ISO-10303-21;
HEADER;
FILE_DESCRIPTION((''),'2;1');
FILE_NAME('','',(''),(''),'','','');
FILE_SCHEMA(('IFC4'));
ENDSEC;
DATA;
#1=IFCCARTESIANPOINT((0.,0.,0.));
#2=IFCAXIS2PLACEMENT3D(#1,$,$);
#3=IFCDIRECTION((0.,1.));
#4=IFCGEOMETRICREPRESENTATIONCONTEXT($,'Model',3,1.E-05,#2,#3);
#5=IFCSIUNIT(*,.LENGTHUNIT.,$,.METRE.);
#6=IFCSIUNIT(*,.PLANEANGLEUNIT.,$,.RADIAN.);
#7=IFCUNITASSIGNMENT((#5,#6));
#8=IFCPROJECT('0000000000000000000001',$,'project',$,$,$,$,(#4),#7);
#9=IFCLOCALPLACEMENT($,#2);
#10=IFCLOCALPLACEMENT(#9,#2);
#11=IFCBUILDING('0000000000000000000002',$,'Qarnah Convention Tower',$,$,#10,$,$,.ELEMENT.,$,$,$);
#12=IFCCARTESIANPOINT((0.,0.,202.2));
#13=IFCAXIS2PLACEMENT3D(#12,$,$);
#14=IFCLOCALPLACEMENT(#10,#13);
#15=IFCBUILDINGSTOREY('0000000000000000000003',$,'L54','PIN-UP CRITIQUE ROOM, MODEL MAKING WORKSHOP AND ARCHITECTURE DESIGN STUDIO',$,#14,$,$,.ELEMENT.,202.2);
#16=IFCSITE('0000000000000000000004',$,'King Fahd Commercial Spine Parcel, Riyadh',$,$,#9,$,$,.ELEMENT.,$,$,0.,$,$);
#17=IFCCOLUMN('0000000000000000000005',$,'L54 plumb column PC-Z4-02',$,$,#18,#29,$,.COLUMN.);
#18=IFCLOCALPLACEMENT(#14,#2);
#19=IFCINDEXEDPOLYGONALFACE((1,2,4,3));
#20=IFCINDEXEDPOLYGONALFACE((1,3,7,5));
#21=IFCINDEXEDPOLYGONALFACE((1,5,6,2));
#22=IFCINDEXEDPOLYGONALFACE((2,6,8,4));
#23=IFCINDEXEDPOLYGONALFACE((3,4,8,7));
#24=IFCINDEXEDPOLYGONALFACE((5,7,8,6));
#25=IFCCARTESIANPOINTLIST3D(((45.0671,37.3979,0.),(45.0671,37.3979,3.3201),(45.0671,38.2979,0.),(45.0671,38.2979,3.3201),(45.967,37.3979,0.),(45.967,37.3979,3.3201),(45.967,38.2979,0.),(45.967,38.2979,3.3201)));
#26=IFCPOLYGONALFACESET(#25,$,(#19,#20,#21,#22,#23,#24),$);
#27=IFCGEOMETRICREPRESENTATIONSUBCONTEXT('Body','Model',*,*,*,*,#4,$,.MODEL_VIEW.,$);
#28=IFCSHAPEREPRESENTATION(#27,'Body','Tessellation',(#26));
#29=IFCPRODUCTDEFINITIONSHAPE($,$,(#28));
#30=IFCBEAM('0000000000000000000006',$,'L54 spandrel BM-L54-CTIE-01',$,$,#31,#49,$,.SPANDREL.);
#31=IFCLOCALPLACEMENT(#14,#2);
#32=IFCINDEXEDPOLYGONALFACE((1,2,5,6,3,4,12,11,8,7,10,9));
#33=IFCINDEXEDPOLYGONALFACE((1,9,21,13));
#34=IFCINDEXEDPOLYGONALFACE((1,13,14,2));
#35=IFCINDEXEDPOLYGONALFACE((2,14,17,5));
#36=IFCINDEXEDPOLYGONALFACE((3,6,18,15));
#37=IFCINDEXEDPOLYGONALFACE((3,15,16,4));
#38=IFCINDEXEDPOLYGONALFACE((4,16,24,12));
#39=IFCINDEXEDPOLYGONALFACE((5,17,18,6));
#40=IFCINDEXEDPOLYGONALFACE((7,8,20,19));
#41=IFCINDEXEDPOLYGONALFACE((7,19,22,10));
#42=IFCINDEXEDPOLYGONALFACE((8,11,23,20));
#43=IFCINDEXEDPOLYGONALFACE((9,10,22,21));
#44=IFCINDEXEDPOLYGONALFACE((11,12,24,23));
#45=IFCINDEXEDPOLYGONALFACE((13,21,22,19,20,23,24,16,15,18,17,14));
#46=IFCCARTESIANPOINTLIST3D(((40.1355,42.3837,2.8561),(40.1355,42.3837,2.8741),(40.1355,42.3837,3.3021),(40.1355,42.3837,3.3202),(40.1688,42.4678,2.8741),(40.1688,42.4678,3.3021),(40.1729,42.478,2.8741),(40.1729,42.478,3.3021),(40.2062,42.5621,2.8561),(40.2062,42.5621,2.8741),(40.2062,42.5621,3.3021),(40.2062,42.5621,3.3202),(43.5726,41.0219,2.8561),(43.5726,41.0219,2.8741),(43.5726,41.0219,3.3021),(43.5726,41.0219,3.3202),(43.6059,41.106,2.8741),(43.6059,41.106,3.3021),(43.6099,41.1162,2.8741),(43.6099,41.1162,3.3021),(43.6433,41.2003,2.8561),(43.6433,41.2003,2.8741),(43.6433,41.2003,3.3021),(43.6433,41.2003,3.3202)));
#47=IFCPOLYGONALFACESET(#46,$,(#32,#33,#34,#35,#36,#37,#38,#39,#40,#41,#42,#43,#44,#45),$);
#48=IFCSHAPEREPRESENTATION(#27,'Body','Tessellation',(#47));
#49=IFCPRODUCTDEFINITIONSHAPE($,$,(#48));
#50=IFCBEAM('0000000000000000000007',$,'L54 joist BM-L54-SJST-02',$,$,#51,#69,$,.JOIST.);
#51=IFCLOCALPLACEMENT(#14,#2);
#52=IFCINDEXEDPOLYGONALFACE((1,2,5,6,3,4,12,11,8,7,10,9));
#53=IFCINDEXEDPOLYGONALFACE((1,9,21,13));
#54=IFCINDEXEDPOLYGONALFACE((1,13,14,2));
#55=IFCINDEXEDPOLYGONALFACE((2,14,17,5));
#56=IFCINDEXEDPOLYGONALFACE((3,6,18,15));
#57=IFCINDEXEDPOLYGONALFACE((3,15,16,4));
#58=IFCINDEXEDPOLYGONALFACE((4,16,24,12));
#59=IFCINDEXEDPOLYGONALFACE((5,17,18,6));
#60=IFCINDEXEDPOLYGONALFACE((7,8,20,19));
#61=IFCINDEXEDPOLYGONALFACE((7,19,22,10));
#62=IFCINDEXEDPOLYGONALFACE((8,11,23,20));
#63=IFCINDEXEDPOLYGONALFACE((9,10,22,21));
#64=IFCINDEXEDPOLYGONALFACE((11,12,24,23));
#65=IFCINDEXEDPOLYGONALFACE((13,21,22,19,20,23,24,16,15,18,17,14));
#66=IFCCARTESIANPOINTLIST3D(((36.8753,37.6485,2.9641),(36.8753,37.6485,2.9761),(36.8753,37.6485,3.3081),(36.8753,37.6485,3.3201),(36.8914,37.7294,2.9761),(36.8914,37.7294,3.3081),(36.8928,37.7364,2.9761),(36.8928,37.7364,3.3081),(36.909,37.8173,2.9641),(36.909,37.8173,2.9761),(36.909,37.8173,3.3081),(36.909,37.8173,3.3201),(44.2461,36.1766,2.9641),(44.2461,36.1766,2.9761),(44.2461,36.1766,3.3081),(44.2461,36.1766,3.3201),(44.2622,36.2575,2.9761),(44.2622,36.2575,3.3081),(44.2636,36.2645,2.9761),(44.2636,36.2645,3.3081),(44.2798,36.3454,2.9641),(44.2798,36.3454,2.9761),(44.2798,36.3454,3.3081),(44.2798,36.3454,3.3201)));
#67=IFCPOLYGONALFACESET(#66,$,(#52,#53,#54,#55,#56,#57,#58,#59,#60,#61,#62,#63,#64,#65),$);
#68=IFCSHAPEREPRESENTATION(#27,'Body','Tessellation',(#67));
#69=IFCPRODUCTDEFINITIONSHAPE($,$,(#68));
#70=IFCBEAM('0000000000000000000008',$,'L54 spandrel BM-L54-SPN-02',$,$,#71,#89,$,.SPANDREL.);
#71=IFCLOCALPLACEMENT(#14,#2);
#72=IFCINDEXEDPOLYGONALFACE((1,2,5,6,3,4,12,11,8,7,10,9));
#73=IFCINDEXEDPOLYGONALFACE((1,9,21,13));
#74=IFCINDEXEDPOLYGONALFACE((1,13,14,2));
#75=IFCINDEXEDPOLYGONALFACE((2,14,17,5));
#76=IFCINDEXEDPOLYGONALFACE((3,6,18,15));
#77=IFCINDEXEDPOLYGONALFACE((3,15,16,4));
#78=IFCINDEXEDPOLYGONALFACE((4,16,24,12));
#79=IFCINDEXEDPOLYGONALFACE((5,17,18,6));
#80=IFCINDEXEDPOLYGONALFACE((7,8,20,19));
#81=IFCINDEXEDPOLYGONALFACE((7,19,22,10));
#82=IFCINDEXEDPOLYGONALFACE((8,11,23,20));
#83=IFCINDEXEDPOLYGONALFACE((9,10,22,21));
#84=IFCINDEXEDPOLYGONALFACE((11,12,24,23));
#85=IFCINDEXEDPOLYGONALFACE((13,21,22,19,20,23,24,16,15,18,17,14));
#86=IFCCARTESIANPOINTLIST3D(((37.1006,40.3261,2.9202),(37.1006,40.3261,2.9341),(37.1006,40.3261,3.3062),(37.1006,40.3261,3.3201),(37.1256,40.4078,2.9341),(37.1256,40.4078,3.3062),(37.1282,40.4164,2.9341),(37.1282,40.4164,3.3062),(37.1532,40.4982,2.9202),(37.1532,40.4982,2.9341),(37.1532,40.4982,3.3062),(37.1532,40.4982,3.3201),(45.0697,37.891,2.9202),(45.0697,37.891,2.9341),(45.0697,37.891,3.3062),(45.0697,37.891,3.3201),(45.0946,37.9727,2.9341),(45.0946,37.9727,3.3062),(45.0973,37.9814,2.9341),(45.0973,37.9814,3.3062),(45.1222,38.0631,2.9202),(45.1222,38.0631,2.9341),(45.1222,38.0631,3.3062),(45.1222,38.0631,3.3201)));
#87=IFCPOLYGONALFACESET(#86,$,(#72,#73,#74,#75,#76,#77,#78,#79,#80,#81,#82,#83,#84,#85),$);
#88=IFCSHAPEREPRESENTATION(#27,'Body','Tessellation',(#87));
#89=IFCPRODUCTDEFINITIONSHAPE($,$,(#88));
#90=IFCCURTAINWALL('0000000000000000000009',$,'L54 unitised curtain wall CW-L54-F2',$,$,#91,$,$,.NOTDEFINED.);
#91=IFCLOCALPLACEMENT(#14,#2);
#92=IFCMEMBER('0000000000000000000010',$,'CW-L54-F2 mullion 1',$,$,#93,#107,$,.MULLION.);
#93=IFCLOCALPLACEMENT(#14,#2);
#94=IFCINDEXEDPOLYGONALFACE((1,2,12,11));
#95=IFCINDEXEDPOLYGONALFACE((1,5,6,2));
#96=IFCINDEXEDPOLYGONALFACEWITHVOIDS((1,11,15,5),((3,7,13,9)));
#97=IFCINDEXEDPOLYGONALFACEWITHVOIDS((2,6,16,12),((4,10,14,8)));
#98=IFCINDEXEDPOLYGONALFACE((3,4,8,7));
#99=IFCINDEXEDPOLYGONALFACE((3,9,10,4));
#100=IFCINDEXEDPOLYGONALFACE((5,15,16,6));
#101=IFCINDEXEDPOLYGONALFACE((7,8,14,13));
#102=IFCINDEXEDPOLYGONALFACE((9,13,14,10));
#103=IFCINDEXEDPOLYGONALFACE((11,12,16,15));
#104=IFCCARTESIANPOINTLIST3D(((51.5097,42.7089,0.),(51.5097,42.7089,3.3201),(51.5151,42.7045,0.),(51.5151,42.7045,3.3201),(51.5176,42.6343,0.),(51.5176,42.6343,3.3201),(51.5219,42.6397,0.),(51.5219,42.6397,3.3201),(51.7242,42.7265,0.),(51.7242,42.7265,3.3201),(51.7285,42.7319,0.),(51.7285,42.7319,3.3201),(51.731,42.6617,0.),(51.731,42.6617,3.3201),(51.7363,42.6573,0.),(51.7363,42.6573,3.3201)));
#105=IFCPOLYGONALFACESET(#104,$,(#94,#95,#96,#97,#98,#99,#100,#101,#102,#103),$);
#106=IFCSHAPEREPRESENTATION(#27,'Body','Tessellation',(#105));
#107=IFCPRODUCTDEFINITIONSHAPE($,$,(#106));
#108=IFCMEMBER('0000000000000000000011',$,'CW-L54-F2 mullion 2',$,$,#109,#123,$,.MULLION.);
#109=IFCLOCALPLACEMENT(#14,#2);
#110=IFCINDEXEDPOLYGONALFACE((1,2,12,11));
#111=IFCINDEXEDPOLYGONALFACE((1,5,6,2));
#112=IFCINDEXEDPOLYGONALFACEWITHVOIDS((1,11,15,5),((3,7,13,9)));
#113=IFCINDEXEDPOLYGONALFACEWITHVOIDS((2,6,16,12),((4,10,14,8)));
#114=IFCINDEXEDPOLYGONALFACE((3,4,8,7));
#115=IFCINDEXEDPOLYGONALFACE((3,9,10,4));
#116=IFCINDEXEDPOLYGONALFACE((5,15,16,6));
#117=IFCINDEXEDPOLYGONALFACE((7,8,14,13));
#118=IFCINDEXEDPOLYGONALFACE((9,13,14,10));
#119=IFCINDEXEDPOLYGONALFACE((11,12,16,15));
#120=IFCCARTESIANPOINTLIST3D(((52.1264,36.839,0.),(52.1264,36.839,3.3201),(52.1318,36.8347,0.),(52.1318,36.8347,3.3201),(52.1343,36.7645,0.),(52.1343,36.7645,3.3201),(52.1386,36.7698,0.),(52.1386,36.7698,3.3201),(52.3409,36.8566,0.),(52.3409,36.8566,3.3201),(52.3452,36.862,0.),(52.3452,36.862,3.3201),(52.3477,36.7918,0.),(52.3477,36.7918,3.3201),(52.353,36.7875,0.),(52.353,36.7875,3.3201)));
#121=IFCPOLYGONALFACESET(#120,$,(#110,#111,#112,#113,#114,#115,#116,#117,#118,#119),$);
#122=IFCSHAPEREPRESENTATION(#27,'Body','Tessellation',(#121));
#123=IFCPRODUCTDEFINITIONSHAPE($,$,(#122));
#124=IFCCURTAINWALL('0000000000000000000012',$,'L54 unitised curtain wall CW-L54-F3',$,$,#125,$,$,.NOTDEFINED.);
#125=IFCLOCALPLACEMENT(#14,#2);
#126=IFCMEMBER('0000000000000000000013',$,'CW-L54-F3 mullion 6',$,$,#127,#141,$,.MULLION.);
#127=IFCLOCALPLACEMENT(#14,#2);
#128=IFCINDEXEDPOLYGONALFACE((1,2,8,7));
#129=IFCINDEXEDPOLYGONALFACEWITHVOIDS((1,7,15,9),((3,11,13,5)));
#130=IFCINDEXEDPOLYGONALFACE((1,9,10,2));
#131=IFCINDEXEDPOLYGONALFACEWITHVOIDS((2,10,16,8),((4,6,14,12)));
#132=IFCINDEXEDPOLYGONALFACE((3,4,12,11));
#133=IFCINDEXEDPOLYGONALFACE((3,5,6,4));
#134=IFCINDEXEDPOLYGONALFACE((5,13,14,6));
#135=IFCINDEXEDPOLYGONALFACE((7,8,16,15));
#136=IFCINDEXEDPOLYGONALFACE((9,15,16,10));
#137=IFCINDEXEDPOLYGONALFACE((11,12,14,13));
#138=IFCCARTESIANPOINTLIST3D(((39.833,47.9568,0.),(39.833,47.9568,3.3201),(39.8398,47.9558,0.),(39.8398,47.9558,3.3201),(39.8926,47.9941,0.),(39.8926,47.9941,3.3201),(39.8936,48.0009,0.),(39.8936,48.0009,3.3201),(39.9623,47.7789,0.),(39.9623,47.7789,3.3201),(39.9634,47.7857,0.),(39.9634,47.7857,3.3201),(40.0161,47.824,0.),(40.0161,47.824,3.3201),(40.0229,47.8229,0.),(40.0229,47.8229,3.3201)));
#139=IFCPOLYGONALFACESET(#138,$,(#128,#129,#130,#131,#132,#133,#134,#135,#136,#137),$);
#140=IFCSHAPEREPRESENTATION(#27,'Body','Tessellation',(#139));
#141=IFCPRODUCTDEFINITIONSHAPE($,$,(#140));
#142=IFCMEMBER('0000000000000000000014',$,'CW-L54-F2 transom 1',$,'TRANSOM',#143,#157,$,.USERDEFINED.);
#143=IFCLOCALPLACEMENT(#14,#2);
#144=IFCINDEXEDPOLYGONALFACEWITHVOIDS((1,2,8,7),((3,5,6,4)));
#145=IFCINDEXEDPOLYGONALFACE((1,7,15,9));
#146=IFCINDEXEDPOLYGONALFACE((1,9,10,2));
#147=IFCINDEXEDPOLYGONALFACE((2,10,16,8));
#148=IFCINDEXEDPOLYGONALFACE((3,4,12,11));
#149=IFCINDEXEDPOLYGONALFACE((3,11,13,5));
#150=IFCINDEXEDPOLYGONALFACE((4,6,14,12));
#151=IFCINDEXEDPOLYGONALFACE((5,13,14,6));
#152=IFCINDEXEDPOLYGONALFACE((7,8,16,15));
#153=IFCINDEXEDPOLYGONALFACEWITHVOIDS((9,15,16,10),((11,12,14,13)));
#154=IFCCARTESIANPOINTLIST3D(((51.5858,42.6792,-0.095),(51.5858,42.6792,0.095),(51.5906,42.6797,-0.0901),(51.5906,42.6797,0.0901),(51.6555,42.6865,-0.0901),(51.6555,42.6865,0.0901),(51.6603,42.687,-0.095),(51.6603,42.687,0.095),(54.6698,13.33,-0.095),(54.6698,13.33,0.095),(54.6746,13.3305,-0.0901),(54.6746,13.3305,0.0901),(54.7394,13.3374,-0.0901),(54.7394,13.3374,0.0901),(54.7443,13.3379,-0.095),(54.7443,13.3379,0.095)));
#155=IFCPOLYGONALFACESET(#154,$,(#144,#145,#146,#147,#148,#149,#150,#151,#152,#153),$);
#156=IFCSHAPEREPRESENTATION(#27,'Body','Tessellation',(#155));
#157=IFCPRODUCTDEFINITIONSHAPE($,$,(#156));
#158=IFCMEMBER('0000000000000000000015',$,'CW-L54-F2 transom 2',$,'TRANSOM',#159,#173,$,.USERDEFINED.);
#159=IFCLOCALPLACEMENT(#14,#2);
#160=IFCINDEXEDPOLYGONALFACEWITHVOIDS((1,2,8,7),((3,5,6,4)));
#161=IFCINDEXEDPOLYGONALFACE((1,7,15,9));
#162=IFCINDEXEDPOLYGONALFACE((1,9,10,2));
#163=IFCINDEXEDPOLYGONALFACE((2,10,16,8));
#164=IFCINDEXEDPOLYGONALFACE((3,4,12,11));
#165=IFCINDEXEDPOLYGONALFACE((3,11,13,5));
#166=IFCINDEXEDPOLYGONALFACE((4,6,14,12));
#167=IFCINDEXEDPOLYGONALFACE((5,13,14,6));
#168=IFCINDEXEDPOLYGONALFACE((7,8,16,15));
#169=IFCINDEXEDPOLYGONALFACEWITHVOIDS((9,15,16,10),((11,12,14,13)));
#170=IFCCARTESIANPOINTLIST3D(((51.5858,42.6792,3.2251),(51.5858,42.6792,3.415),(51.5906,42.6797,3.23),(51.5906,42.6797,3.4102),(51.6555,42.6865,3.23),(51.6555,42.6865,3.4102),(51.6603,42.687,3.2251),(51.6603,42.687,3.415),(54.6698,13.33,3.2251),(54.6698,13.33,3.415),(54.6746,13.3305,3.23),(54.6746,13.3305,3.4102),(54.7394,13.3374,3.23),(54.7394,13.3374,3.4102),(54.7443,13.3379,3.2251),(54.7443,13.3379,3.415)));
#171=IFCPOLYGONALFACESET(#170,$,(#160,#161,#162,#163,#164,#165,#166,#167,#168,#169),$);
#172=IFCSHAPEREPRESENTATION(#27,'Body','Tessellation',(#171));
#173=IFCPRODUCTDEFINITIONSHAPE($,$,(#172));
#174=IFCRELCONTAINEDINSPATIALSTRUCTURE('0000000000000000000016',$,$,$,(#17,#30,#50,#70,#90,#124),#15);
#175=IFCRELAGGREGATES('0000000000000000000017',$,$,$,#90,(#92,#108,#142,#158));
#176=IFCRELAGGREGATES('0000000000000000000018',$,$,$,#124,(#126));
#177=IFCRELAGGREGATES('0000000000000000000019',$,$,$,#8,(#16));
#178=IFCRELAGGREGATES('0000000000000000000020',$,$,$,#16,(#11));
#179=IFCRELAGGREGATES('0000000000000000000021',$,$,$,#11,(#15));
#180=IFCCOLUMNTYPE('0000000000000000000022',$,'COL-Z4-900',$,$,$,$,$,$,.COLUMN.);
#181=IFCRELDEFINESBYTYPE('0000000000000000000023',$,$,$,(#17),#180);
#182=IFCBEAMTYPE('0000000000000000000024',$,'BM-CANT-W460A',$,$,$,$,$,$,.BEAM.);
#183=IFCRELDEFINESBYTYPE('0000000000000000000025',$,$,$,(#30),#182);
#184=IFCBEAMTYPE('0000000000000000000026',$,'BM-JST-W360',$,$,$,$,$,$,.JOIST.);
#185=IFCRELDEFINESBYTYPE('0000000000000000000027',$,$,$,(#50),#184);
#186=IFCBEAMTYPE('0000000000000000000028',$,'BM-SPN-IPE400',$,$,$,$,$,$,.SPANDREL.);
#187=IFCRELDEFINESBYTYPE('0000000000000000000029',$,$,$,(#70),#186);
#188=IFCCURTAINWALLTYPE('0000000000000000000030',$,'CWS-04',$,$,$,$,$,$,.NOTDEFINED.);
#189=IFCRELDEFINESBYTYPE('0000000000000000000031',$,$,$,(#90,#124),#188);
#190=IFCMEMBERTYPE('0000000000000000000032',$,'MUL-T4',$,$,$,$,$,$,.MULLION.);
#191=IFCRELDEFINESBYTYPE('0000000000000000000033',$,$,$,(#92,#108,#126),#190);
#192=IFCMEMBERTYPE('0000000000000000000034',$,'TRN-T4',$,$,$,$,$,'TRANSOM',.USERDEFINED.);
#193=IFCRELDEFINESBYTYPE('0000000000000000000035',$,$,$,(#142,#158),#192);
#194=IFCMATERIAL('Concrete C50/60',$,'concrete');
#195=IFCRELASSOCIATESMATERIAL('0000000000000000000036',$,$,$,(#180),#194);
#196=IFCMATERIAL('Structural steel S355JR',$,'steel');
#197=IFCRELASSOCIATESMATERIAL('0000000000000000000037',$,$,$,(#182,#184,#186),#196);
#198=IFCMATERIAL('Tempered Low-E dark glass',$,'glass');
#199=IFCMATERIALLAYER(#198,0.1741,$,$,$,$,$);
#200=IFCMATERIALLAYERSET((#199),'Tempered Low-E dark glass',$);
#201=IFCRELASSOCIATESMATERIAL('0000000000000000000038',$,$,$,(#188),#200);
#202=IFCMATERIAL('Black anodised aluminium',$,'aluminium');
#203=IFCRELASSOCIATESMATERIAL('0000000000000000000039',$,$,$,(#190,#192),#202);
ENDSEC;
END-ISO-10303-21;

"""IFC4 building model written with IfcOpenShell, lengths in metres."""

from ifc_helpers import new_model, si_unit, direction, frame, origin, origin_2d, place, context, subcontext, project, spatial, rectangle, hollow_rectangle, i_section, extrude, material, layer, layer_set, material_profile, profile_set, type_object, element, aggregate, save


model = new_model("IFC4")

# Units and contexts
model_context = context("Model", 3, precision=1e-05, world=origin(), true_north=direction((0.0, 1.0)))
body_context = subcontext(model_context, "Body", "Model", "MODEL_VIEW")
ifc_project = project(units=[si_unit("LENGTHUNIT", "METRE"), si_unit("PLANEANGLEUNIT", "RADIAN")], contexts=[model_context])

# Site, building, storey
site_placement = place(None, origin())
site = spatial("IfcSite", under=ifc_project, at=site_placement, Name="King Fahd Commercial Spine Parcel, Riyadh", CompositionType="ELEMENT", RefElevation=0.0)
building_placement = place(site_placement, origin())
building = spatial("IfcBuilding", under=site, at=building_placement, Name="Qarnah Convention Tower", CompositionType="ELEMENT")
storey_placement = place(building_placement, frame((0.0, 0.0, 202.2)))
storey = spatial("IfcBuildingStorey", under=building, at=storey_placement, Name="L54", Description="PIN-UP CRITIQUE ROOM, MODEL MAKING WORKSHOP AND ARCHITECTURE DESIGN STUDIO", CompositionType="ELEMENT", Elevation=202.2)

# Column
ifc_material_1 = material(Name="Concrete C50/60", Category="concrete")
ifc_material_profile_1 = material_profile(ifc_material_1, rectangle(XDim=0.8999, YDim=0.8999, at=origin_2d()), Name="RC-COL-900X900")
ifc_profile_set_1 = profile_set([ifc_material_profile_1], Name="Concrete C50/60")
column_type = type_object("IfcColumnType", Name="COL-Z4-900", PredefinedType="COLUMN", material=ifc_profile_set_1)
column_placement = place(storey_placement, frame((45.5171, 37.8479, 0.0), z_axis=(0.0, 0.0, 1.0), x_axis=(1.0, 0.0, 0.0)))
element("IfcColumn", 1, at=column_placement, inside=storey, type_object=column_type, Name="L54 plumb column PC-Z4-02", PredefinedType="COLUMN", context=body_context, shape_type="SweptSolid", body=[
    extrude(rectangle(XDim=0.8999, YDim=0.8999, at=origin_2d()), origin(), (0.0, 0.0, 1.0), 3.3201),
])

# Beams
ifc_material_2 = material(Name="Structural steel S355JR", Category="steel")
ifc_material_profile_2 = material_profile(ifc_material_2, i_section(OverallWidth=0.1919, OverallDepth=0.4641, WebThickness=0.011, FlangeThickness=0.0181, at=origin_2d()), Name="W460X89")
ifc_profile_set_2 = profile_set([ifc_material_profile_2], Name="Structural steel S355JR")
beam_type_1 = type_object("IfcBeamType", Name="BM-CANT-W460A", PredefinedType="BEAM", material=ifc_profile_set_2)
beam_1_placement = place(storey_placement, frame((43.6079, 41.1111, 3.0881), z_axis=(-0.929683, 0.36836, 0.0), x_axis=(-0.36836, -0.929683, 0.0)))
element("IfcBeam", 2, at=beam_1_placement, inside=storey, type_object=beam_type_1, Name="L54 spandrel BM-L54-CTIE-01", PredefinedType="SPANDREL", context=body_context, shape_type="SweptSolid", body=[
    extrude(i_section(OverallWidth=0.1919, OverallDepth=0.4641, WebThickness=0.011, FlangeThickness=0.0181, at=origin_2d()), origin(), (0.0, 0.0, 1.0), 3.697),
])
ifc_material_profile_3 = material_profile(ifc_material_2, i_section(OverallWidth=0.1721, OverallDepth=0.356, WebThickness=0.0071, FlangeThickness=0.012, at=origin_2d()), Name="W360X51")
ifc_profile_set_3 = profile_set([ifc_material_profile_3], Name="Structural steel S355JR")
beam_type_2 = type_object("IfcBeamType", Name="BM-JST-W360", PredefinedType="JOIST", material=ifc_profile_set_3)
beam_2_placement = place(storey_placement, frame((44.2629, 36.261, 3.1421), z_axis=(-0.980638, 0.195829, 0.0), x_axis=(-0.195829, -0.980638, 0.0)))
element("IfcBeam", 3, at=beam_2_placement, inside=storey, type_object=beam_type_2, Name="L54 joist BM-L54-SJST-02", PredefinedType="JOIST", context=body_context, shape_type="SweptSolid", body=[
    extrude(i_section(OverallWidth=0.1721, OverallDepth=0.356, WebThickness=0.0071, FlangeThickness=0.012, at=origin_2d()), origin(), (0.0, 0.0, 1.0), 7.5164),
])
ifc_material_profile_4 = material_profile(ifc_material_2, i_section(OverallWidth=0.1799, OverallDepth=0.3999, WebThickness=0.009, FlangeThickness=0.0139, at=origin_2d()), Name="IPE400")
ifc_profile_set_4 = profile_set([ifc_material_profile_4], Name="Structural steel S355JR")
beam_type_3 = type_object("IfcBeamType", Name="BM-SPN-IPE400", PredefinedType="SPANDREL", material=ifc_profile_set_4)
beam_3_placement = place(storey_placement, frame((45.0959, 37.9771, 3.1201), z_axis=(-0.956349, 0.292228, 0.0), x_axis=(-0.292228, -0.956349, 0.0)))
element("IfcBeam", 4, at=beam_3_placement, inside=storey, type_object=beam_type_3, Name="L54 spandrel BM-L54-SPN-02", PredefinedType="SPANDREL", context=body_context, shape_type="SweptSolid", body=[
    extrude(i_section(OverallWidth=0.1799, OverallDepth=0.3999, WebThickness=0.009, FlangeThickness=0.0139, at=origin_2d()), origin(), (0.0, 0.0, 1.0), 8.3328),
])

# Curtain wall, members
ifc_material_3 = material(Name="Tempered Low-E dark glass", Category="glass")
ifc_layer_1 = layer(ifc_material_3, 0.1741)
ifc_layer_set_1 = layer_set([ifc_layer_1], Name="Tempered Low-E dark glass")
curtain_wall_type = type_object("IfcCurtainWallType", Name="CWS-04", PredefinedType="NOTDEFINED", material=ifc_layer_set_1)
curtain_wall_1_placement = place(storey_placement, origin())
curtain_wall_1 = element("IfcCurtainWall", 5, at=curtain_wall_1_placement, inside=storey, type_object=curtain_wall_type, Name="L54 unitised curtain wall CW-L54-F2", PredefinedType="NOTDEFINED")
ifc_material_4 = material(Name="Black anodised aluminium", Category="aluminium")
ifc_material_profile_5 = material_profile(ifc_material_4, hollow_rectangle(XDim=0.075, YDim=0.22, WallThickness=0.0049, at=origin_2d()), Name="MUL-75X220")
ifc_profile_set_5 = profile_set([ifc_material_profile_5], Name="Black anodised aluminium")
member_type_1 = type_object("IfcMemberType", Name="MUL-T4", PredefinedType="MULLION", material=ifc_profile_set_5)
member_1_placement = place(storey_placement, frame((51.623, 42.6831, 0.0), z_axis=(0.0, 0.0, 1.0), x_axis=(0.104505, -0.994524, 0.0)))
member_1 = element("IfcMember", 6, at=member_1_placement, type_object=member_type_1, Name="CW-L54-F2 mullion 1", PredefinedType="MULLION", context=body_context, shape_type="SweptSolid", body=[
    extrude(hollow_rectangle(XDim=0.075, YDim=0.22, WallThickness=0.0049, at=origin_2d()), origin(), (0.0, 0.0, 1.0), 3.3201),
])
member_2_placement = place(storey_placement, frame((52.2397, 36.8132, 0.0), z_axis=(0.0, 0.0, 1.0), x_axis=(0.104505, -0.994524, 0.0)))
member_2 = element("IfcMember", 7, at=member_2_placement, type_object=member_type_1, Name="CW-L54-F2 mullion 2", PredefinedType="MULLION", context=body_context, shape_type="SweptSolid", body=[
    extrude(hollow_rectangle(XDim=0.075, YDim=0.22, WallThickness=0.0049, at=origin_2d()), origin(), (0.0, 0.0, 1.0), 3.3201),
])

# Curtain wall, member
curtain_wall_2_placement = place(storey_placement, origin())
curtain_wall_2 = element("IfcCurtainWall", 8, at=curtain_wall_2_placement, inside=storey, type_object=curtain_wall_type, Name="L54 unitised curtain wall CW-L54-F3", PredefinedType="NOTDEFINED")
member_3_placement = place(storey_placement, frame((39.928, 47.8899, 0.0), z_axis=(0.0, 0.0, 1.0), x_axis=(0.809004, 0.587803, 0.0)))
member_3 = element("IfcMember", 9, at=member_3_placement, type_object=member_type_1, Name="CW-L54-F3 mullion 6", PredefinedType="MULLION", context=body_context, shape_type="SweptSolid", body=[
    extrude(hollow_rectangle(XDim=0.075, YDim=0.22, WallThickness=0.0049, at=origin_2d()), origin(), (0.0, 0.0, 1.0), 3.3201),
])

# Members
ifc_material_profile_6 = material_profile(ifc_material_4, hollow_rectangle(XDim=0.075, YDim=0.1899, WallThickness=0.0049, at=origin_2d()), Name="TRN-75X190")
ifc_profile_set_6 = profile_set([ifc_material_profile_6], Name="Black anodised aluminium")
member_type_2 = type_object("IfcMemberType", Name="TRN-T4", ElementType="TRANSOM", PredefinedType="USERDEFINED", material=ifc_profile_set_6)
member_4_placement = place(storey_placement, frame((51.623, 42.6831, 0.0), z_axis=(0.104504, -0.994524, 0.0), x_axis=(0.994524, 0.104504, 0.0)))
member_4 = element("IfcMember", 10, at=member_4_placement, type_object=member_type_2, Name="CW-L54-F2 transom 1", ObjectType="TRANSOM", PredefinedType="USERDEFINED", context=body_context, shape_type="SweptSolid", body=[
    extrude(hollow_rectangle(XDim=0.075, YDim=0.1899, WallThickness=0.0049, at=origin_2d()), origin(), (0.0, 0.0, 1.0), 29.5107),
])
member_5_placement = place(storey_placement, frame((51.623, 42.6831, 3.3201), z_axis=(0.104504, -0.994524, 0.0), x_axis=(0.994524, 0.104504, 0.0)))
member_5 = element("IfcMember", 11, at=member_5_placement, type_object=member_type_2, Name="CW-L54-F2 transom 2", ObjectType="TRANSOM", PredefinedType="USERDEFINED", context=body_context, shape_type="SweptSolid", body=[
    extrude(hollow_rectangle(XDim=0.075, YDim=0.1899, WallThickness=0.0049, at=origin_2d()), origin(), (0.0, 0.0, 1.0), 29.5107),
])

aggregate(curtain_wall_1, [member_1, member_2, member_4, member_5])
aggregate(curtain_wall_2, [member_3])

save(model, "model.ifc")
